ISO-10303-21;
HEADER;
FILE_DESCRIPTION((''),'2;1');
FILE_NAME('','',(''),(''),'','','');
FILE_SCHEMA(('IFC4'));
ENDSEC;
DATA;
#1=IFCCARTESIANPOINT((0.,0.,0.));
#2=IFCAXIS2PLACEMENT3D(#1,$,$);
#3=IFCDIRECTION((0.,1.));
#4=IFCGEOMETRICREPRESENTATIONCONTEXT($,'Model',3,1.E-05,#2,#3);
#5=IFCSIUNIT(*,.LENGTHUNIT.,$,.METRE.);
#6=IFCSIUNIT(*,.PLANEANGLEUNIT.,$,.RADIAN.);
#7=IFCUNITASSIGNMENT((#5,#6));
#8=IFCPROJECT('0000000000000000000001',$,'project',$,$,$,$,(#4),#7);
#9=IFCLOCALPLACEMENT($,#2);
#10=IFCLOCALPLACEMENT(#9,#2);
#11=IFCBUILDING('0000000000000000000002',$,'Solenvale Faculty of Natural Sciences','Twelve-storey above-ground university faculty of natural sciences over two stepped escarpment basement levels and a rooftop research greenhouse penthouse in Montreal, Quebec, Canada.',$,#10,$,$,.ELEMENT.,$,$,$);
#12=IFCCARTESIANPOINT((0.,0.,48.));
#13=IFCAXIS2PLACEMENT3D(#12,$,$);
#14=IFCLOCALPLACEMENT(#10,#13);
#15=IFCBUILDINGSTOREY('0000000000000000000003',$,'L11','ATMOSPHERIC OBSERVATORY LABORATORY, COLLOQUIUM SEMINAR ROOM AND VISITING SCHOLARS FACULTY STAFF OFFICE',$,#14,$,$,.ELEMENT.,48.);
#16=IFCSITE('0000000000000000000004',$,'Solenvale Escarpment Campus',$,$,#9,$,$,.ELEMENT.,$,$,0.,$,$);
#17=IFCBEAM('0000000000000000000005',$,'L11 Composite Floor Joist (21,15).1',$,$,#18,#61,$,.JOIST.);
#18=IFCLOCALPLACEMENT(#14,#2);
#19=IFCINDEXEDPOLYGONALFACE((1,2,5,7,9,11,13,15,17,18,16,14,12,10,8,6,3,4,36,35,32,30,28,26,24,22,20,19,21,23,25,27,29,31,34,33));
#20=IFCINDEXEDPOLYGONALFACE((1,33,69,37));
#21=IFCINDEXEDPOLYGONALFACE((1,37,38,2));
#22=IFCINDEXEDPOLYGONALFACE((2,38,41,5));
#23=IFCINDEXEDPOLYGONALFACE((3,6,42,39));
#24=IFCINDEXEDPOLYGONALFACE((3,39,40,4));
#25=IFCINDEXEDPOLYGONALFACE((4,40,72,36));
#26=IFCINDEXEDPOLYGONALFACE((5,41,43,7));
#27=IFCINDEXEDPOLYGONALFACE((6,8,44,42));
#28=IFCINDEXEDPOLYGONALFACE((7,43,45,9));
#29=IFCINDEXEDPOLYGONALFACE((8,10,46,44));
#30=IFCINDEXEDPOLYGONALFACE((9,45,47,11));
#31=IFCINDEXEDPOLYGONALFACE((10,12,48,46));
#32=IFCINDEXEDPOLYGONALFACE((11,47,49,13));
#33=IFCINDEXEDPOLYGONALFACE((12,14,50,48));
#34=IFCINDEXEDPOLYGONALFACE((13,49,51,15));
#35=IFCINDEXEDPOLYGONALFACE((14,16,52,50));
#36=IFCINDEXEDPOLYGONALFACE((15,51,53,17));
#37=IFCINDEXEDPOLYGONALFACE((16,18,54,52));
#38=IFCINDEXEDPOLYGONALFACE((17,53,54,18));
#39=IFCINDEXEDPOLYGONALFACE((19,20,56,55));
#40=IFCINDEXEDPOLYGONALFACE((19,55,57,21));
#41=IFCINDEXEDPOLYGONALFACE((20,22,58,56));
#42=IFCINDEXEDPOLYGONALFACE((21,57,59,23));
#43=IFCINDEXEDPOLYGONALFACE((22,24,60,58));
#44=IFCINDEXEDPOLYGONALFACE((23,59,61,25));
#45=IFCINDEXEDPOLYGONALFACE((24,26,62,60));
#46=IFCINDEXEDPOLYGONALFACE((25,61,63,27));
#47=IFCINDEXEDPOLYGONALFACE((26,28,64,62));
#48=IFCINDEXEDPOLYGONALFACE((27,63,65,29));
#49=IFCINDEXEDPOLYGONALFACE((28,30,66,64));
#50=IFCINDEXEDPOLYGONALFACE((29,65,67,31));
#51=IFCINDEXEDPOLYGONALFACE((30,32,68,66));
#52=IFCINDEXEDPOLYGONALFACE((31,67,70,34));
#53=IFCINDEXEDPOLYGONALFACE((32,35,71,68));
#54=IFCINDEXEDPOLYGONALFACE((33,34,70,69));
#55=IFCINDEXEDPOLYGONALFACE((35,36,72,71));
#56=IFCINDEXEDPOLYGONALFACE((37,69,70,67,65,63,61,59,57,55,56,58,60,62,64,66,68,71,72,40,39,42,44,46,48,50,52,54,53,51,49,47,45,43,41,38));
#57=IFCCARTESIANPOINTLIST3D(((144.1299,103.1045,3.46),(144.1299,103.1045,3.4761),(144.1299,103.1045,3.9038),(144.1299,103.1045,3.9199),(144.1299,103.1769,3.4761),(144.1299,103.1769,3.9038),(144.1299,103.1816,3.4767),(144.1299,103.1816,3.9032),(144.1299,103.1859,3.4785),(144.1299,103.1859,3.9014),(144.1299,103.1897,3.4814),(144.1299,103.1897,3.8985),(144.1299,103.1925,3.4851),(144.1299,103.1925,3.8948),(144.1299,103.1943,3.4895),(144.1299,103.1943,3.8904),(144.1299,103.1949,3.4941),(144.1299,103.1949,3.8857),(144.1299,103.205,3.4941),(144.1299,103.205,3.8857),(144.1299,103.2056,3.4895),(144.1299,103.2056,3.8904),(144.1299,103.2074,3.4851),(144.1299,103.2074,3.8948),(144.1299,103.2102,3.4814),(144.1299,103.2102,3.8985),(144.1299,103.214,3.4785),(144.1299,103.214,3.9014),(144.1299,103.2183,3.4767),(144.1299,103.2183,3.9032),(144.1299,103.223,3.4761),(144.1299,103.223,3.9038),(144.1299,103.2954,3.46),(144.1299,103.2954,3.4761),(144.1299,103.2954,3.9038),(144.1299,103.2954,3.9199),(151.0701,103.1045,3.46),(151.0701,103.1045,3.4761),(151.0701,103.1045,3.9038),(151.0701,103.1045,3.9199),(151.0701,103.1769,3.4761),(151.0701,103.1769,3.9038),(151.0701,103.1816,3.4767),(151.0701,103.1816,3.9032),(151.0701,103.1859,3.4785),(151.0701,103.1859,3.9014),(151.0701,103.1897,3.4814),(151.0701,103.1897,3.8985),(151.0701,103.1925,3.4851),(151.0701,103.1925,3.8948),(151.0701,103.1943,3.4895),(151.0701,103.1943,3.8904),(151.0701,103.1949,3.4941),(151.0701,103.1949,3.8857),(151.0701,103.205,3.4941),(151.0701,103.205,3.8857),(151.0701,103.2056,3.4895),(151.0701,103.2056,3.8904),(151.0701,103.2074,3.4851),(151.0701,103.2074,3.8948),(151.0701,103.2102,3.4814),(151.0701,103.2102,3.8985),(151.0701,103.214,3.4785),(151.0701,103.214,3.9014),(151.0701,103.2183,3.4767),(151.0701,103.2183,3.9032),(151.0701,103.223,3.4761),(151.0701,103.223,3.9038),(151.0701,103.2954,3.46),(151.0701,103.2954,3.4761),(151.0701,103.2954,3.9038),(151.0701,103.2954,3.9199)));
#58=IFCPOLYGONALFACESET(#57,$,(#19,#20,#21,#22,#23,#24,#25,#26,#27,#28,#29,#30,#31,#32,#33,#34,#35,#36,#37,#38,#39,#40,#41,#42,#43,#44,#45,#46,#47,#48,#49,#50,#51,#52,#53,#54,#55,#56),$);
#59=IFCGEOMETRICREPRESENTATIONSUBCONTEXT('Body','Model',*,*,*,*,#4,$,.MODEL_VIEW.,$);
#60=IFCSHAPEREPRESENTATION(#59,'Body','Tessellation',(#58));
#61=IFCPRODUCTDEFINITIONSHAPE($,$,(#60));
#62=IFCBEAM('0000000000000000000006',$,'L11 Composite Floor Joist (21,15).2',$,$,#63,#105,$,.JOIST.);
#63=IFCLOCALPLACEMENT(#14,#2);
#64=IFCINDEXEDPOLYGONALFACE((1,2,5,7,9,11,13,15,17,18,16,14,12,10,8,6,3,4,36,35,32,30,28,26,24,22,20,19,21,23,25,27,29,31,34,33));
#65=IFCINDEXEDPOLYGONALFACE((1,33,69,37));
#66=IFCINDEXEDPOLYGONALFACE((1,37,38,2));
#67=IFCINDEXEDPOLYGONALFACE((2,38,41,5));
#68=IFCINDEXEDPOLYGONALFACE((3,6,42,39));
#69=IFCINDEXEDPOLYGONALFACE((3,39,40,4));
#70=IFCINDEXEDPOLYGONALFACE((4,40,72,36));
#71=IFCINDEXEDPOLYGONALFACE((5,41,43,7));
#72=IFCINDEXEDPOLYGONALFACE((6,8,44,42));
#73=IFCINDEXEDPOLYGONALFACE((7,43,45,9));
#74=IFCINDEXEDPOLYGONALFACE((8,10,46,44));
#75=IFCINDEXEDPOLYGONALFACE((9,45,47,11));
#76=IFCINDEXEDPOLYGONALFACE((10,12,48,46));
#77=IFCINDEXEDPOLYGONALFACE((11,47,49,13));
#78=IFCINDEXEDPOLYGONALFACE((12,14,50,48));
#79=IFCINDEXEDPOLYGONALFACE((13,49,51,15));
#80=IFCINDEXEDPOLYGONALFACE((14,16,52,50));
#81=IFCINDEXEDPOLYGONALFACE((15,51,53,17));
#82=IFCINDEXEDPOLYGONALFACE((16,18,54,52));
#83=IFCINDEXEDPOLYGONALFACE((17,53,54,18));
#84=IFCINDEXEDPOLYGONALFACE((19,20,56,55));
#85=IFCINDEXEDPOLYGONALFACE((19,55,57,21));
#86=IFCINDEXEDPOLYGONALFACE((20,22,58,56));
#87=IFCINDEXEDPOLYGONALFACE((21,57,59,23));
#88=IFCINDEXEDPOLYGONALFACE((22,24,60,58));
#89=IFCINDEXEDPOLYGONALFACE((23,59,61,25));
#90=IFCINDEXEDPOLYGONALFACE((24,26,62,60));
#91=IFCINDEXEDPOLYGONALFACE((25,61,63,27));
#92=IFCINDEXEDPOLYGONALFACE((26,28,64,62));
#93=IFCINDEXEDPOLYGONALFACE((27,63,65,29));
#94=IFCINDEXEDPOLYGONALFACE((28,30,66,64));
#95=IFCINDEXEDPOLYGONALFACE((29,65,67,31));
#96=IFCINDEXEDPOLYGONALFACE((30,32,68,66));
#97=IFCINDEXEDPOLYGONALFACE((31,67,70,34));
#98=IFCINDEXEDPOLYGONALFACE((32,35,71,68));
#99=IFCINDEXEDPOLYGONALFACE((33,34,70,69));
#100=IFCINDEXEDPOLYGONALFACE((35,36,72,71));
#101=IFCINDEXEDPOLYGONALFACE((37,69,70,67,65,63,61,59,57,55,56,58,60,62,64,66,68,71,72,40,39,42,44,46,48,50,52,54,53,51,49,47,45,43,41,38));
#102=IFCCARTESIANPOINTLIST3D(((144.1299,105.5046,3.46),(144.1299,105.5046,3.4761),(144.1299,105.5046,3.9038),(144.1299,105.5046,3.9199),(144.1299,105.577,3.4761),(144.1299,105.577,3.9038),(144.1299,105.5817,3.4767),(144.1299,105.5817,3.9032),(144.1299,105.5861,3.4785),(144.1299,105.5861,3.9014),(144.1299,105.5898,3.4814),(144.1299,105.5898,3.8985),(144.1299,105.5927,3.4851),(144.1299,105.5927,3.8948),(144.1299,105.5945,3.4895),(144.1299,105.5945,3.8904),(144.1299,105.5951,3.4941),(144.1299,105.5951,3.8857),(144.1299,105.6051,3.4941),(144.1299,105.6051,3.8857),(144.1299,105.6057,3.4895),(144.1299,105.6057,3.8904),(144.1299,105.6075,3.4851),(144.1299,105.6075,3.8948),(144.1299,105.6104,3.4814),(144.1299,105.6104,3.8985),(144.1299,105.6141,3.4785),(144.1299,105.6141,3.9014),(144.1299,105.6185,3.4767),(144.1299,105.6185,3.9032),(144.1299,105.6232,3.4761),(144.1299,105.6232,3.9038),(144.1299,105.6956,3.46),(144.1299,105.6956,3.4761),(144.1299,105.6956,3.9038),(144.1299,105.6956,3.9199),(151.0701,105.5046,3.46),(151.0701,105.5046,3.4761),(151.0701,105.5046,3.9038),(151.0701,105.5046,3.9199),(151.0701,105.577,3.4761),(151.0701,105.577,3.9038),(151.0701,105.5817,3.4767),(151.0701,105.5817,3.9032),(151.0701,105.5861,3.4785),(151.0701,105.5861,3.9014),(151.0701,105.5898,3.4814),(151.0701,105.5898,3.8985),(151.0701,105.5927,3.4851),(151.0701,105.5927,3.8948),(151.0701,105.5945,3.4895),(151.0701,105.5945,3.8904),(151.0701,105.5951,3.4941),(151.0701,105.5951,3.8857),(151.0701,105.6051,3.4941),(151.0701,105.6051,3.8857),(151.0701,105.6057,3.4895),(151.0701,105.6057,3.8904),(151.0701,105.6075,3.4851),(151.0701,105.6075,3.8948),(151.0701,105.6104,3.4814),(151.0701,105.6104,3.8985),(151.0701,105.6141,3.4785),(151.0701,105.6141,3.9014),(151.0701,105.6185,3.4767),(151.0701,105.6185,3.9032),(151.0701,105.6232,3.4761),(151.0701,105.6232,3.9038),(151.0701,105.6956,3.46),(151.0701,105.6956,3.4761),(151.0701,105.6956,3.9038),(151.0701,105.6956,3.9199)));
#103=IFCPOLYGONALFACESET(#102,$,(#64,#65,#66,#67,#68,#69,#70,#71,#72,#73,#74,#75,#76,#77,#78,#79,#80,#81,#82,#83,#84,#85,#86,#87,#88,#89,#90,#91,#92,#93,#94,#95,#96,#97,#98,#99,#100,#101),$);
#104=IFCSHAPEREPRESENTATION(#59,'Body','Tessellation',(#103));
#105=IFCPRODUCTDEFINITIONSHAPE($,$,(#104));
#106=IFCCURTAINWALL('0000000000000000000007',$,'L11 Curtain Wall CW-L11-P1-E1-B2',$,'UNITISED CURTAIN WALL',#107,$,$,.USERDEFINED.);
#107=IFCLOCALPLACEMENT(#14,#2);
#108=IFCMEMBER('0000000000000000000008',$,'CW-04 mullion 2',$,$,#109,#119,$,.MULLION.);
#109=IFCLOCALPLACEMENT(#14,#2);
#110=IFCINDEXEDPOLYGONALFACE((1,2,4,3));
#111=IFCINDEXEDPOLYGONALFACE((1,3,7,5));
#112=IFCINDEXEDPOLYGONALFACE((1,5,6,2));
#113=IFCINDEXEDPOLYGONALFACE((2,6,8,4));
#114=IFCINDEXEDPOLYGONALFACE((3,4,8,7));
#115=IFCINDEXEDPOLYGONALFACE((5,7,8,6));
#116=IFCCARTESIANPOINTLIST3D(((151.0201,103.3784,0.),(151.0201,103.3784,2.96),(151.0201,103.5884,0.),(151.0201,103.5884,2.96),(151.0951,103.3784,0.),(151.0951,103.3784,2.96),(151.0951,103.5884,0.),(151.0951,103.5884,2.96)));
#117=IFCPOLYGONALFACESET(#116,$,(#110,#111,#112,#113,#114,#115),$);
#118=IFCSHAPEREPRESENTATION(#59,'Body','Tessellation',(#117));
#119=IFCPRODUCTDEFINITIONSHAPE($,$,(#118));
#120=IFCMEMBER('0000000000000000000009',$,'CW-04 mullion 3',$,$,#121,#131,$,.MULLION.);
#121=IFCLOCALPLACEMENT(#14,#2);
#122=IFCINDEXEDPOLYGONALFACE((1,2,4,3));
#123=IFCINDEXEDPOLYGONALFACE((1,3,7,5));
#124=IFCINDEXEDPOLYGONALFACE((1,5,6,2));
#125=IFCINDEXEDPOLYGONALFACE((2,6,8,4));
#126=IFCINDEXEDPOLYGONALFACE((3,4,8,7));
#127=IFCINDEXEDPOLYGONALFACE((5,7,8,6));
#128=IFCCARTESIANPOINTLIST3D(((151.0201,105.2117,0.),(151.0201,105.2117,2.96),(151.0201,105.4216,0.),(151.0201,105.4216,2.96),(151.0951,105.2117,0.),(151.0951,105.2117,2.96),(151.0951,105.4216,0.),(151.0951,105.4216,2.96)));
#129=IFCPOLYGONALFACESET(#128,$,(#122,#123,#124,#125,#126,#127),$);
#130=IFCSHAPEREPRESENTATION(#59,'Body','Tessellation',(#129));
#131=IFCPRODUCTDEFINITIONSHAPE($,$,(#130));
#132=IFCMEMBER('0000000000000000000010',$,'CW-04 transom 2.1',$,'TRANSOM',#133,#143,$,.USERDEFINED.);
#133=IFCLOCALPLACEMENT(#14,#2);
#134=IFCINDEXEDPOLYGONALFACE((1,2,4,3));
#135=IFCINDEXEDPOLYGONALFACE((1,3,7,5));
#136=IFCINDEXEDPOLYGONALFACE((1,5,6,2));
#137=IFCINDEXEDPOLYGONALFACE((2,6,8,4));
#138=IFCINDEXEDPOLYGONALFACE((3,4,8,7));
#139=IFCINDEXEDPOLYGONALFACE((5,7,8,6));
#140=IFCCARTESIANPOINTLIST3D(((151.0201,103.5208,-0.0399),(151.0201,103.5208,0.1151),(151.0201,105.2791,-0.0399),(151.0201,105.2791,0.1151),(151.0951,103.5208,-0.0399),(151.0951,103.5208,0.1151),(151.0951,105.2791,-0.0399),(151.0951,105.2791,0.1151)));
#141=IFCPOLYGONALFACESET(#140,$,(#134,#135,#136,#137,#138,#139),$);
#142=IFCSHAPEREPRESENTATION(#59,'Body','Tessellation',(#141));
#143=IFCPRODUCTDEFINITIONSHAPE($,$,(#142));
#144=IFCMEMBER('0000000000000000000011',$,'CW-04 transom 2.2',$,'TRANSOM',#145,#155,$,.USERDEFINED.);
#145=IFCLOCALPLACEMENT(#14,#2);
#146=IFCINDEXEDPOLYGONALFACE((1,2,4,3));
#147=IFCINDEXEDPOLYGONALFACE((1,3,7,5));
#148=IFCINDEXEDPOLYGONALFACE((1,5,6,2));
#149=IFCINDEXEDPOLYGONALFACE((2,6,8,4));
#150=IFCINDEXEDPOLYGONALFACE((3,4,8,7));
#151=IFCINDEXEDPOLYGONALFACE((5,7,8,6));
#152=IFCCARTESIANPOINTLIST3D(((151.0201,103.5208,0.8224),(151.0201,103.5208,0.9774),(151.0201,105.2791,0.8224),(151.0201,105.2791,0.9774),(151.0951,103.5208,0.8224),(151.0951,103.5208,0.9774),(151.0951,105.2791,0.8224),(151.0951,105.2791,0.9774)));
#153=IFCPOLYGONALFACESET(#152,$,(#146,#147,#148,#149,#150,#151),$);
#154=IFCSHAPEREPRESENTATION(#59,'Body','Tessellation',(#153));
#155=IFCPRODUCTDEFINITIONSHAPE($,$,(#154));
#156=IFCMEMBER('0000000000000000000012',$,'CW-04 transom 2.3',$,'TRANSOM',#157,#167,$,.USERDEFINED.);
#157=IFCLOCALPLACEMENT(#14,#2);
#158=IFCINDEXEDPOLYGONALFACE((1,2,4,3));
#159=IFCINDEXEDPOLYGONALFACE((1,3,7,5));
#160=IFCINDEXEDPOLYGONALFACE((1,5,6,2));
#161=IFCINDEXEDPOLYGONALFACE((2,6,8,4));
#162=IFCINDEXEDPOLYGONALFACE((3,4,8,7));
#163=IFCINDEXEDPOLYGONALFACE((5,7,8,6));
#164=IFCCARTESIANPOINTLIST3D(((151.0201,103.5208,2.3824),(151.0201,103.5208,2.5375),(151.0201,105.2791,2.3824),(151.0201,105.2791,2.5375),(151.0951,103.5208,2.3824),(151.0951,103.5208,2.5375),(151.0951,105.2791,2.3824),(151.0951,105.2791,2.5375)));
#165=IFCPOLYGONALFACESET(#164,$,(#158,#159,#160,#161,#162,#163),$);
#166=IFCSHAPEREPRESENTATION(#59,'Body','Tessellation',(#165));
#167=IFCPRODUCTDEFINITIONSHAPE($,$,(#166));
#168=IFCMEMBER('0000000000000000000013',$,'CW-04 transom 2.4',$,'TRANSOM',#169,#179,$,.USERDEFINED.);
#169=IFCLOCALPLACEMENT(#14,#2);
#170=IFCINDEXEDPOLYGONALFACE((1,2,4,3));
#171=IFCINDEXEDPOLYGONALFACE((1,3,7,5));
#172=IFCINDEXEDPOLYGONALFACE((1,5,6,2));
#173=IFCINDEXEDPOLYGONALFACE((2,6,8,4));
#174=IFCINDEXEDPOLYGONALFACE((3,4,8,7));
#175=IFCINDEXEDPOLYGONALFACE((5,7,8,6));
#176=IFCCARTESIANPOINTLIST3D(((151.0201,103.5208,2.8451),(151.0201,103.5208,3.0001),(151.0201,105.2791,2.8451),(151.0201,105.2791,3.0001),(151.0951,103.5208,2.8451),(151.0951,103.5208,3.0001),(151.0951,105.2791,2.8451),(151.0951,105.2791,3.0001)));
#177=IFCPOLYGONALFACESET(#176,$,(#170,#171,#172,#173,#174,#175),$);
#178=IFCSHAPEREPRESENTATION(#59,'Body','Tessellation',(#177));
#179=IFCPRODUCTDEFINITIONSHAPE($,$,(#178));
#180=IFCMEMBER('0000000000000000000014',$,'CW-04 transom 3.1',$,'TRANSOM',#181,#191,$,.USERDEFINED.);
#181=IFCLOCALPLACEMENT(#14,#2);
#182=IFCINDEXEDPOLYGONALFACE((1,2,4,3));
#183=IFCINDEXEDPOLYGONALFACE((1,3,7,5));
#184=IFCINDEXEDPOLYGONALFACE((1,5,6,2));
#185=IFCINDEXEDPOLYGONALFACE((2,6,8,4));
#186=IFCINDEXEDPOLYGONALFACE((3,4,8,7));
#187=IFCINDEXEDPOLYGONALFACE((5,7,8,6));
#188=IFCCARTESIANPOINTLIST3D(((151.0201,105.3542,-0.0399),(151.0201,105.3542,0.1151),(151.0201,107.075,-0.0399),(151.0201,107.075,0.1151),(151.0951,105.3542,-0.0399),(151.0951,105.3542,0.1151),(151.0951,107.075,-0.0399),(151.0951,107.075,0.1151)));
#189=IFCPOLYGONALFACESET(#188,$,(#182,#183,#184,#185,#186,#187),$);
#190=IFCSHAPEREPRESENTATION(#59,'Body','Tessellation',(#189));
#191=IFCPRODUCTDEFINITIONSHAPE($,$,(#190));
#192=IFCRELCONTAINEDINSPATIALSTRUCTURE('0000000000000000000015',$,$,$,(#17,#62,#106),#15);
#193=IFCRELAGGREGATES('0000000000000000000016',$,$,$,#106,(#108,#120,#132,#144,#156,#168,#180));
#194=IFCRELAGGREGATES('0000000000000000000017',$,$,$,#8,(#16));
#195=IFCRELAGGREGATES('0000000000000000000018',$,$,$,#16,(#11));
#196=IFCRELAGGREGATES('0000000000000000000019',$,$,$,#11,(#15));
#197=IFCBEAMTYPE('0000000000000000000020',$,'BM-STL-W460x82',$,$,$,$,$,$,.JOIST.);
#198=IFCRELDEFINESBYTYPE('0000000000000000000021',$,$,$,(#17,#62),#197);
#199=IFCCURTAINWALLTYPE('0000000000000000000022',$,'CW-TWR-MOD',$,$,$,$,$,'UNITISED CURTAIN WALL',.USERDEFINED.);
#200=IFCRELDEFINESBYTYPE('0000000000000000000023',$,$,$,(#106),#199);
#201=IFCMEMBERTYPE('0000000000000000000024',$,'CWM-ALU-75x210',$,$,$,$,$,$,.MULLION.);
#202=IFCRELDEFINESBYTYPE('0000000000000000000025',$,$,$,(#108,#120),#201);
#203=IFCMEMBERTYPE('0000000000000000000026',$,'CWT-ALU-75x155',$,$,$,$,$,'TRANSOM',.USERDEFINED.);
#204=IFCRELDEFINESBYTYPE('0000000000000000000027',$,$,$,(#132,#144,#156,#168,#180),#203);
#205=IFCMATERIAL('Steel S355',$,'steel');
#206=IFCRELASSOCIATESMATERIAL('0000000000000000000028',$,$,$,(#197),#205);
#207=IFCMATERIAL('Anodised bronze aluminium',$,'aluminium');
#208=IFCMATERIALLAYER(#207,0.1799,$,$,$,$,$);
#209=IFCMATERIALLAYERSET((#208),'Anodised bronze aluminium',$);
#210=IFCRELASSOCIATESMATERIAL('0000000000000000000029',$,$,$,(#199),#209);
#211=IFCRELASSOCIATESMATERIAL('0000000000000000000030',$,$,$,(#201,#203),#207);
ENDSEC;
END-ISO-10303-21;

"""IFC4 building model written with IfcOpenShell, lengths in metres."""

from ifc_helpers import new_model, si_unit, direction, frame, origin, origin_2d, place, context, subcontext, project, spatial, rectangle, i_section, extrude, material, layer, layer_set, material_profile, profile_set, type_object, element, aggregate, save


model = new_model("IFC4")

# Units and contexts
model_context = context("Model", 3, precision=1e-05, world=origin(), true_north=direction((0.0, 1.0)))
body_context = subcontext(model_context, "Body", "Model", "MODEL_VIEW")
ifc_project = project(units=[si_unit("LENGTHUNIT", "METRE"), si_unit("PLANEANGLEUNIT", "RADIAN")], contexts=[model_context])

# Site, building, storey
site_placement = place(None, origin())
site = spatial("IfcSite", under=ifc_project, at=site_placement, Name="Solenvale Escarpment Campus", CompositionType="ELEMENT", RefElevation=0.0)
building_placement = place(site_placement, origin())
building = spatial("IfcBuilding", under=site, at=building_placement, Name="Solenvale Faculty of Natural Sciences", Description="Twelve-storey above-ground university faculty of natural sciences over two stepped escarpment basement levels and a rooftop research greenhouse penthouse in Montreal, Quebec, Canada.", CompositionType="ELEMENT")
storey_placement = place(building_placement, frame((0.0, 0.0, 48.0)))
storey = spatial("IfcBuildingStorey", under=building, at=storey_placement, Name="L11", Description="ATMOSPHERIC OBSERVATORY LABORATORY, COLLOQUIUM SEMINAR ROOM AND VISITING SCHOLARS FACULTY STAFF OFFICE", CompositionType="ELEMENT", Elevation=48.0)

# Beams
ifc_material_1 = material(Name="Steel S355", Category="steel")
ifc_material_profile_1 = material_profile(ifc_material_1, i_section(OverallWidth=0.1909, OverallDepth=0.46, WebThickness=0.01, FlangeThickness=0.0161, FilletRadius=0.0181, at=origin_2d()), Name="W460x82")
ifc_profile_set_1 = profile_set([ifc_material_profile_1], Name="Steel S355")
beam_type = type_object("IfcBeamType", Name="BM-STL-W460x82", PredefinedType="JOIST", material=ifc_profile_set_1)
for number, where, z_axis, x_axis, name in (
    (1, (144.1299, 103.2, 3.6899), (1.0, 0.0, 0.0), (0.0, 1.0, 0.0), "L11 Composite Floor Joist (21,15).1"),
    (2, (144.1299, 105.6001, 3.6899), (1.0, 0.0, 0.0), (0.0, 1.0, 0.0), "L11 Composite Floor Joist (21,15).2"),
):
    element("IfcBeam", number, at=place(storey_placement, frame(where, z_axis=z_axis, x_axis=x_axis)), inside=storey, type_object=beam_type, Name=name, PredefinedType="JOIST", context=body_context, shape_type="SweptSolid", body=[
        extrude(i_section(OverallWidth=0.1909, OverallDepth=0.46, WebThickness=0.01, FlangeThickness=0.0161, FilletRadius=0.0181, at=origin_2d()), origin(), (0.0, 0.0, 1.0), 6.9402),
    ])

# Curtain wall, members
ifc_material_2 = material(Name="Anodised bronze aluminium", Category="aluminium")
ifc_layer_1 = layer(ifc_material_2, 0.1799)
ifc_layer_set_1 = layer_set([ifc_layer_1], Name="Anodised bronze aluminium")
curtain_wall_type = type_object("IfcCurtainWallType", Name="CW-TWR-MOD", ElementType="UNITISED CURTAIN WALL", PredefinedType="USERDEFINED", material=ifc_layer_set_1)
curtain_wall_placement = place(storey_placement, origin())
curtain_wall = element("IfcCurtainWall", 3, at=curtain_wall_placement, inside=storey, type_object=curtain_wall_type, Name="L11 Curtain Wall CW-L11-P1-E1-B2", ObjectType="UNITISED CURTAIN WALL", PredefinedType="USERDEFINED")
ifc_material_profile_2 = material_profile(ifc_material_2, rectangle(XDim=0.075, YDim=0.21, at=origin_2d()), Name="ALU-MUL-75x210")
ifc_profile_set_2 = profile_set([ifc_material_profile_2], Name="Anodised bronze aluminium")
member_type_1 = type_object("IfcMemberType", Name="CWM-ALU-75x210", PredefinedType="MULLION", material=ifc_profile_set_2)
member_1_placement = place(storey_placement, frame((151.0576, 103.4834, 0.0), z_axis=(0.0, 0.0, 1.0), x_axis=(-1.0, 0.0, 0.0)))
member_1 = element("IfcMember", 4, at=member_1_placement, type_object=member_type_1, Name="CW-04 mullion 2", PredefinedType="MULLION", context=body_context, shape_type="SweptSolid", body=[
    extrude(rectangle(XDim=0.075, YDim=0.21, at=origin_2d()), origin(), (0.0, 0.0, 1.0), 2.96),
])
member_2_placement = place(storey_placement, frame((151.0576, 105.3167, 0.0), z_axis=(0.0, 0.0, 1.0), x_axis=(-1.0, 0.0, 0.0)))
member_2 = element("IfcMember", 5, at=member_2_placement, type_object=member_type_1, Name="CW-04 mullion 3", PredefinedType="MULLION", context=body_context, shape_type="SweptSolid", body=[
    extrude(rectangle(XDim=0.075, YDim=0.21, at=origin_2d()), origin(), (0.0, 0.0, 1.0), 2.96),
])
ifc_material_profile_3 = material_profile(ifc_material_2, rectangle(XDim=0.075, YDim=0.155, at=origin_2d()), Name="ALU-TRN-75x155")
ifc_profile_set_3 = profile_set([ifc_material_profile_3], Name="Anodised bronze aluminium")
member_type_2 = type_object("IfcMemberType", Name="CWT-ALU-75x155", ElementType="TRANSOM", PredefinedType="USERDEFINED", material=ifc_profile_set_3)
member_3_placement = place(storey_placement, frame((151.0576, 103.5208, 0.0376), z_axis=(0.0, 1.0, 0.0), x_axis=(-1.0, 0.0, 0.0)))
member_3 = element("IfcMember", 6, at=member_3_placement, type_object=member_type_2, Name="CW-04 transom 2.1", ObjectType="TRANSOM", PredefinedType="USERDEFINED", context=body_context, shape_type="SweptSolid", body=[
    extrude(rectangle(XDim=0.075, YDim=0.155, at=origin_2d()), origin(), (0.0, 0.0, 1.0), 1.7583),
])
member_4_placement = place(storey_placement, frame((151.0576, 103.5208, 0.8999), z_axis=(0.0, 1.0, 0.0), x_axis=(-1.0, 0.0, 0.0)))
member_4 = element("IfcMember", 7, at=member_4_placement, type_object=member_type_2, Name="CW-04 transom 2.2", ObjectType="TRANSOM", PredefinedType="USERDEFINED", context=body_context, shape_type="SweptSolid", body=[
    extrude(rectangle(XDim=0.075, YDim=0.155, at=origin_2d()), origin(), (0.0, 0.0, 1.0), 1.7583),
])
member_5_placement = place(storey_placement, frame((151.0576, 103.5208, 2.46), z_axis=(0.0, 1.0, 0.0), x_axis=(-1.0, 0.0, 0.0)))
member_5 = element("IfcMember", 8, at=member_5_placement, type_object=member_type_2, Name="CW-04 transom 2.3", ObjectType="TRANSOM", PredefinedType="USERDEFINED", context=body_context, shape_type="SweptSolid", body=[
    extrude(rectangle(XDim=0.075, YDim=0.155, at=origin_2d()), origin(), (0.0, 0.0, 1.0), 1.7583),
])
member_6_placement = place(storey_placement, frame((151.0576, 103.5208, 2.9226), z_axis=(0.0, 1.0, 0.0), x_axis=(-1.0, 0.0, 0.0)))
member_6 = element("IfcMember", 9, at=member_6_placement, type_object=member_type_2, Name="CW-04 transom 2.4", ObjectType="TRANSOM", PredefinedType="USERDEFINED", context=body_context, shape_type="SweptSolid", body=[
    extrude(rectangle(XDim=0.075, YDim=0.155, at=origin_2d()), origin(), (0.0, 0.0, 1.0), 1.7583),
])
member_7_placement = place(storey_placement, frame((151.0576, 105.3542, 0.0376), z_axis=(0.0, 1.0, 0.0), x_axis=(-1.0, 0.0, 0.0)))
member_7 = element("IfcMember", 10, at=member_7_placement, type_object=member_type_2, Name="CW-04 transom 3.1", ObjectType="TRANSOM", PredefinedType="USERDEFINED", context=body_context, shape_type="SweptSolid", body=[
    extrude(rectangle(XDim=0.075, YDim=0.155, at=origin_2d()), origin(), (0.0, 0.0, 1.0), 1.7207),
])
aggregate(curtain_wall, [member_1, member_2, member_3, member_4, member_5, member_6, member_7])

save(model, "model.ifc")
